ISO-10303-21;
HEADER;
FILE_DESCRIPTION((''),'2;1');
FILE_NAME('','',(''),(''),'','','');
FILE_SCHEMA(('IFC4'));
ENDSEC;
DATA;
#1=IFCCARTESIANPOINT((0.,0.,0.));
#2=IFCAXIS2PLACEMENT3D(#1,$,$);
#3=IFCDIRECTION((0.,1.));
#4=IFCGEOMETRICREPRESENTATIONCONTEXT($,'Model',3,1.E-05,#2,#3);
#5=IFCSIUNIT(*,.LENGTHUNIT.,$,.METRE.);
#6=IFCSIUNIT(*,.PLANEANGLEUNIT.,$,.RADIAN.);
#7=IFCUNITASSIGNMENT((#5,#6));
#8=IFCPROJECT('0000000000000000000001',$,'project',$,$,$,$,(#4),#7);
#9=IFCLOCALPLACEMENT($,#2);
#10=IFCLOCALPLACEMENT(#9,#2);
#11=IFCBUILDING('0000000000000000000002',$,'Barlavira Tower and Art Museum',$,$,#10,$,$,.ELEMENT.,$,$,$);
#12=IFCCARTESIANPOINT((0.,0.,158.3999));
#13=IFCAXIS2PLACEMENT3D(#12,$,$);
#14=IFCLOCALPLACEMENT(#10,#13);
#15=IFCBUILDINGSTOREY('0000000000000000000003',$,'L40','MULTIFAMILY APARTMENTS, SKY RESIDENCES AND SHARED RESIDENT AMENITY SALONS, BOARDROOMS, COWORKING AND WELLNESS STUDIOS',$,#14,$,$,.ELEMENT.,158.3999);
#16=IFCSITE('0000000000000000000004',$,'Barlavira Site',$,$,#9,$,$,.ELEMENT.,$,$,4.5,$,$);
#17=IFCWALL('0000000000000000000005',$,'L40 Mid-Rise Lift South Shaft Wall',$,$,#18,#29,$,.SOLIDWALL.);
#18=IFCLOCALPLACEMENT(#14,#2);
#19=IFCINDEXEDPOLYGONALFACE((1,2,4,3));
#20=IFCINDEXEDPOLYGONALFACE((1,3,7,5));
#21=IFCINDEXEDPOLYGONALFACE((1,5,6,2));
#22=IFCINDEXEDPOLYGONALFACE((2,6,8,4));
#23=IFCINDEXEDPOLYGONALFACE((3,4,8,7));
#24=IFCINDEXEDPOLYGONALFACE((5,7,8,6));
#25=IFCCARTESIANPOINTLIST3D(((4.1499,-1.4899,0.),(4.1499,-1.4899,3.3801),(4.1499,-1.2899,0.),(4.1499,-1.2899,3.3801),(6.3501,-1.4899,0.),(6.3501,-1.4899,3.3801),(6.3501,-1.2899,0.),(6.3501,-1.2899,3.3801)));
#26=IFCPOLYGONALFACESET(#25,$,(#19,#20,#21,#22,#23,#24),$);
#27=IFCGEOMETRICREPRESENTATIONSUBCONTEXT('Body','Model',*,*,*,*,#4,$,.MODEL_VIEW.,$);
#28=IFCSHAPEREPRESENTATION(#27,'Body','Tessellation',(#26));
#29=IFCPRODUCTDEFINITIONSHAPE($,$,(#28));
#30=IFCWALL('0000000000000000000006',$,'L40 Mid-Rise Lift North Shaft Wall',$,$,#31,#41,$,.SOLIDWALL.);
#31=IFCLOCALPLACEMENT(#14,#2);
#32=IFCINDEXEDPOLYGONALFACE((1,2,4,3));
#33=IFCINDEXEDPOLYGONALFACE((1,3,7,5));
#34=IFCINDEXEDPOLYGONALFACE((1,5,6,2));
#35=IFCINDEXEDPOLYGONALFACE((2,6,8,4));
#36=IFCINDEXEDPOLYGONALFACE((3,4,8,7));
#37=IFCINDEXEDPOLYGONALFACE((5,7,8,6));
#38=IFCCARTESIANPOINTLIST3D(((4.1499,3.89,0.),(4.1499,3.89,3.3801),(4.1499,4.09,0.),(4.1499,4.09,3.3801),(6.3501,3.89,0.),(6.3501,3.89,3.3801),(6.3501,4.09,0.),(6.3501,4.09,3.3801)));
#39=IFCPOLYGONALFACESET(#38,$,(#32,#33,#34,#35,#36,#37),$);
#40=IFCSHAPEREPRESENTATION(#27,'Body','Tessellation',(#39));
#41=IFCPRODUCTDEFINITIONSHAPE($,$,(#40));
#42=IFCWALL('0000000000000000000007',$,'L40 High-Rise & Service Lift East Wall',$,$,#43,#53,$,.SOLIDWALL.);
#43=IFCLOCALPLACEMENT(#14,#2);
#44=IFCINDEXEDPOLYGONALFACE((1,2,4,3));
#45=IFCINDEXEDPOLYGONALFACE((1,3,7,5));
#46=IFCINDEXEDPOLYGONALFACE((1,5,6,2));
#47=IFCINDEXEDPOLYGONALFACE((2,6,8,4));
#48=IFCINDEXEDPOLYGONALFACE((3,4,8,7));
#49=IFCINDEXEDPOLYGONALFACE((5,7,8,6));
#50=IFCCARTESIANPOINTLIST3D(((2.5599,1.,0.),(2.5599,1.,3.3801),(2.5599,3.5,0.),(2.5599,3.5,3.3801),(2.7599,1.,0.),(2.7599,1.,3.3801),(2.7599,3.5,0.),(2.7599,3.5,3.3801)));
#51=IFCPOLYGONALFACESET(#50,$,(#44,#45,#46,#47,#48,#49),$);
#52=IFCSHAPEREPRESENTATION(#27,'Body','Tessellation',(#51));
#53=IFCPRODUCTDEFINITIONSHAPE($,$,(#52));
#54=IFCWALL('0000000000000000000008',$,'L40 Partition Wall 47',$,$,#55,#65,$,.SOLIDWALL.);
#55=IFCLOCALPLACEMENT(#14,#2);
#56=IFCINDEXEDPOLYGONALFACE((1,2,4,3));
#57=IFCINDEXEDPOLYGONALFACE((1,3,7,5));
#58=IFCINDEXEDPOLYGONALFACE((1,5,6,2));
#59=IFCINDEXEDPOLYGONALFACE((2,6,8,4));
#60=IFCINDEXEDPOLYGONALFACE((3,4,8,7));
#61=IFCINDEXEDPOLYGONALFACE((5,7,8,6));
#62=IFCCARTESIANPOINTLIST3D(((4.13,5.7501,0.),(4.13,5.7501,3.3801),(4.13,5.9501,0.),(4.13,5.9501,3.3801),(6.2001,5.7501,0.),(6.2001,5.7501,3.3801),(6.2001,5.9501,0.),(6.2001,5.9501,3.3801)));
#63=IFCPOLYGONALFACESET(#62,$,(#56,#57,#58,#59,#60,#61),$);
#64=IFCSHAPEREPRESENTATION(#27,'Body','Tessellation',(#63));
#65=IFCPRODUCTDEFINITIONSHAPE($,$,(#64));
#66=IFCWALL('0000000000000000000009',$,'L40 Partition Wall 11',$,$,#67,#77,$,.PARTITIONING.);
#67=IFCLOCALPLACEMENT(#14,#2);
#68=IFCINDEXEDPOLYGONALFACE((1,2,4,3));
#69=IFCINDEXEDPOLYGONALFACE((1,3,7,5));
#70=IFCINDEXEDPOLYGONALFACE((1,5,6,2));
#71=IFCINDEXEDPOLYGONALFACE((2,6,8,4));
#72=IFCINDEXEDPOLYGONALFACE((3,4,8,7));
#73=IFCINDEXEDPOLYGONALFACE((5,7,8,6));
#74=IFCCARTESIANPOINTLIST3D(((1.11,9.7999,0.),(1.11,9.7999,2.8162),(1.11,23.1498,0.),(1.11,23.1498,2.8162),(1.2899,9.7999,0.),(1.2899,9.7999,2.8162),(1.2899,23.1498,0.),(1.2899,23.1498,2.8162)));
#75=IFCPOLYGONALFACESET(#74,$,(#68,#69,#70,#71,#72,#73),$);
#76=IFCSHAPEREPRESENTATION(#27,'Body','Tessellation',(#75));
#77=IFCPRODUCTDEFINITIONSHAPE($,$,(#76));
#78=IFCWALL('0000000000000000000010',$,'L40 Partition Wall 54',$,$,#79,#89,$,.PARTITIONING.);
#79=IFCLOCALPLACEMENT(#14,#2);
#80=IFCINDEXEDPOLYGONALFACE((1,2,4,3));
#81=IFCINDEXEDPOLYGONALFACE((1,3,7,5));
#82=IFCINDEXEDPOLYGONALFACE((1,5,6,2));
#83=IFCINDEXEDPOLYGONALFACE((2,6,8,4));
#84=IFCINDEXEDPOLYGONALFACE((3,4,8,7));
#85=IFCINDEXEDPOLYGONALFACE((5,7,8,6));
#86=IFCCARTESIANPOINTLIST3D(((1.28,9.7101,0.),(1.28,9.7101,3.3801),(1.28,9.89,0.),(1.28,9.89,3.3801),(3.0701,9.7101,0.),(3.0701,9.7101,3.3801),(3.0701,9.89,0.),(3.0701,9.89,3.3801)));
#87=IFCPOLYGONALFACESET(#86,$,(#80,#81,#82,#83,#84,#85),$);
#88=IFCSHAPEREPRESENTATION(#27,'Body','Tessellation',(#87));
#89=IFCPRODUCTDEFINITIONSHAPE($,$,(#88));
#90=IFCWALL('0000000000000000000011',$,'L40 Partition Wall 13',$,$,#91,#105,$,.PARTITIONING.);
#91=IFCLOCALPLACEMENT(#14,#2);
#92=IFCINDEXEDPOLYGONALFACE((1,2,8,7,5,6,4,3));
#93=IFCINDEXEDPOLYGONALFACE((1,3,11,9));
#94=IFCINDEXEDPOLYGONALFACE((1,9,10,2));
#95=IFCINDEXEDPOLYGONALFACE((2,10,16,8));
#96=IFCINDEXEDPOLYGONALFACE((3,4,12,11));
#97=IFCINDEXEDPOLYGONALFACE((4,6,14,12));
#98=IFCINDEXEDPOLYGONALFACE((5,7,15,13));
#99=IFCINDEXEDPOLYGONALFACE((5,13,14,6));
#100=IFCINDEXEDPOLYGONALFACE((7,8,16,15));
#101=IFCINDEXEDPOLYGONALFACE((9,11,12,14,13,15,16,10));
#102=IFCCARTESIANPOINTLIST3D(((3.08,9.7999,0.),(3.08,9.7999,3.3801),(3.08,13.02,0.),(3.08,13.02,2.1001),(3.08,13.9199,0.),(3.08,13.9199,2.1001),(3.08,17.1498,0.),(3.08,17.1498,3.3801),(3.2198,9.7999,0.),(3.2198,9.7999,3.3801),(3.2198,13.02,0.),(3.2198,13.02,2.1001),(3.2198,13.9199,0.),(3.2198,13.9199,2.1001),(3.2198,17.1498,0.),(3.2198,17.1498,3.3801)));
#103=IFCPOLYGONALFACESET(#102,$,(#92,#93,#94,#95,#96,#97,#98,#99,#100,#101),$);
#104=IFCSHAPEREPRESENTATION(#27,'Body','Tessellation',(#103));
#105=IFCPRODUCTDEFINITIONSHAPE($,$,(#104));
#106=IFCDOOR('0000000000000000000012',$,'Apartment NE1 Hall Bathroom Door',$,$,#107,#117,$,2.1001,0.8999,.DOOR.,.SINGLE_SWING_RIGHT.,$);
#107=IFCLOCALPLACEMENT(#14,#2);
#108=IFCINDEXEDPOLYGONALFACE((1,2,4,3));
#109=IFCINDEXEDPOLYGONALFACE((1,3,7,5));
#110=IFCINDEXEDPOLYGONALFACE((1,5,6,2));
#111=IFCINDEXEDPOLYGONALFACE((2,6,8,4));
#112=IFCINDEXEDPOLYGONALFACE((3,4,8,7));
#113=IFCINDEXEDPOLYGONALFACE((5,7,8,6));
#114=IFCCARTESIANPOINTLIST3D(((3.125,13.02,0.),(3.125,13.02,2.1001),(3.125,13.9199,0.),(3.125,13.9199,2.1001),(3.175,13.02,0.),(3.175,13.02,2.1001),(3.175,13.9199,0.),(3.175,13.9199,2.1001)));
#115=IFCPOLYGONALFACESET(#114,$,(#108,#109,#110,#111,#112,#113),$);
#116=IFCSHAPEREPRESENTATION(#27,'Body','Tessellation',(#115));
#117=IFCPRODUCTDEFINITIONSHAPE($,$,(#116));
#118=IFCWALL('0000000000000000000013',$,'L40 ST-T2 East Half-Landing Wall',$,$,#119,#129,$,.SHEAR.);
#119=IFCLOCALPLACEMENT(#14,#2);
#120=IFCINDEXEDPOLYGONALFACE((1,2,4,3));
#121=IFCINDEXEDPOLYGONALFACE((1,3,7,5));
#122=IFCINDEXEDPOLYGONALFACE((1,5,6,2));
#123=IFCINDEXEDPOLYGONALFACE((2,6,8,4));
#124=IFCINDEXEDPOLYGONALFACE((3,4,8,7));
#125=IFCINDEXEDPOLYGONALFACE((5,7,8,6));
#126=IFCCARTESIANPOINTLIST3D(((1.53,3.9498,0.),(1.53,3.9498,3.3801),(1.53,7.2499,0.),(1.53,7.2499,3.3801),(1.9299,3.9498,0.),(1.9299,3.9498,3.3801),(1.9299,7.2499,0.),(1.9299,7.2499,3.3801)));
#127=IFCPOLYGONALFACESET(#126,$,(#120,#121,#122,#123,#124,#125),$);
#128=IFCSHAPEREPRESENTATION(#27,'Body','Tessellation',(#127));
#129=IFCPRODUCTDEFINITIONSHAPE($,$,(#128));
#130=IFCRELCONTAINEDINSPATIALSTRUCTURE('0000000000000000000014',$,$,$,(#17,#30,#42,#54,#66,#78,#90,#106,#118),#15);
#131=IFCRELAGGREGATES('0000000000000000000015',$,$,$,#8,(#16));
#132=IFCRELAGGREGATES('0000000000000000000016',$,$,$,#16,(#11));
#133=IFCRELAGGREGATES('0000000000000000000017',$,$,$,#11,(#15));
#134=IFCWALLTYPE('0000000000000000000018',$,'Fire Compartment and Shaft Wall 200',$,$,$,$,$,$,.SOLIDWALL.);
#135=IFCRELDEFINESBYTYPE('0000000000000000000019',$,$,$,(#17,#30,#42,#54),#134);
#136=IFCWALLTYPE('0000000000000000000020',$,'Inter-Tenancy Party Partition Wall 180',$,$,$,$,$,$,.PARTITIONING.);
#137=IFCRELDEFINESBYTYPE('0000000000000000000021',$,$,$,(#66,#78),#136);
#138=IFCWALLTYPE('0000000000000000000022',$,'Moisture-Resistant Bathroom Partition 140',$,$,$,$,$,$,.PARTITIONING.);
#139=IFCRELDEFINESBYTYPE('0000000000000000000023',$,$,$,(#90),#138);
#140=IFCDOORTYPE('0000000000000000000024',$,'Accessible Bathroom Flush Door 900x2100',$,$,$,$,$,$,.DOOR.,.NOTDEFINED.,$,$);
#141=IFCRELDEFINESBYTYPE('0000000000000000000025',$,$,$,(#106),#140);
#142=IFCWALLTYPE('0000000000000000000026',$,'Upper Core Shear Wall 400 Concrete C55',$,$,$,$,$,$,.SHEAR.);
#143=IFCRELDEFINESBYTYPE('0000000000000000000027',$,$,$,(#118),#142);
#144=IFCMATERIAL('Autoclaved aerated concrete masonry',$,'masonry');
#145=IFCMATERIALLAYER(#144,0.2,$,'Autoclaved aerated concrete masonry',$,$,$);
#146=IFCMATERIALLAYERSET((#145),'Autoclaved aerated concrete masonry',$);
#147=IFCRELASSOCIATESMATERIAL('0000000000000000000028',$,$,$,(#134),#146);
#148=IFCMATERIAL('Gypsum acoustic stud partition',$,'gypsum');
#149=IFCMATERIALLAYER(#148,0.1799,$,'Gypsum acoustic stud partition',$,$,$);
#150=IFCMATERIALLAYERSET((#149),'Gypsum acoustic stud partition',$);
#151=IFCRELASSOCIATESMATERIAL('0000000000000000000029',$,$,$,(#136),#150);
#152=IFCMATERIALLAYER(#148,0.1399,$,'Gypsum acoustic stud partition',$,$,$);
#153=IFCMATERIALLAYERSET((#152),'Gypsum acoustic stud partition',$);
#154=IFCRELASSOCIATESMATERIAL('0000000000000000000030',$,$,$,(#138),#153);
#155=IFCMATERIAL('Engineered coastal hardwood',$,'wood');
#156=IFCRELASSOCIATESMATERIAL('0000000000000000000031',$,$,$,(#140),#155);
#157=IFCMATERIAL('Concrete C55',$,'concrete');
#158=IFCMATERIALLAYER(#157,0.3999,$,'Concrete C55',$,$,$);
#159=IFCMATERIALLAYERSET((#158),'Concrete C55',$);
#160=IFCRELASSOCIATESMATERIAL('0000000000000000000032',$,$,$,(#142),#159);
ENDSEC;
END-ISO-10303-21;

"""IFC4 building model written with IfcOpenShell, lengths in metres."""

from ifc_helpers import new_model, si_unit, direction, frame, frame_2d, origin, place, context, subcontext, project, spatial, rectangle, extrude, material, layer, layer_set, type_object, element, fill, save


model = new_model("IFC4")

# Units and contexts
model_context = context("Model", 3, precision=1e-05, world=origin(), true_north=direction((0.0, 1.0)))
body_context = subcontext(model_context, "Body", "Model", "MODEL_VIEW")
ifc_project = project(units=[si_unit("LENGTHUNIT", "METRE"), si_unit("PLANEANGLEUNIT", "RADIAN")], contexts=[model_context])

# Site, building, storey
site_placement = place(None, origin())
site = spatial("IfcSite", under=ifc_project, at=site_placement, Name="Barlavira Site", CompositionType="ELEMENT", RefElevation=4.5)
building_placement = place(site_placement, origin())
building = spatial("IfcBuilding", under=site, at=building_placement, Name="Barlavira Tower and Art Museum", CompositionType="ELEMENT")
storey_placement = place(building_placement, frame((0.0, 0.0, 158.3999)))
storey = spatial("IfcBuildingStorey", under=building, at=storey_placement, Name="L40", Description="MULTIFAMILY APARTMENTS, SKY RESIDENCES AND SHARED RESIDENT AMENITY SALONS, BOARDROOMS, COWORKING AND WELLNESS STUDIOS", CompositionType="ELEMENT", Elevation=158.3999)

# Walls
ifc_material_1 = material(Name="Autoclaved aerated concrete masonry", Category="masonry")
ifc_layer_1 = layer(ifc_material_1, 0.2, Name="Autoclaved aerated concrete masonry")
ifc_layer_set_1 = layer_set([ifc_layer_1], Name="Autoclaved aerated concrete masonry")
wall_type_1 = type_object("IfcWallType", Name="Fire Compartment and Shaft Wall 200", PredefinedType="SOLIDWALL", material=ifc_layer_set_1)
for number, where, z_axis, x_axis, name in (
    (1, (4.1499, -1.3899, 0.0), (0.0, 0.0, 1.0), (1.0, 0.0, 0.0), "L40 Mid-Rise Lift South Shaft Wall"),
    (2, (4.1499, 3.99, 0.0), (0.0, 0.0, 1.0), (1.0, 0.0, 0.0), "L40 Mid-Rise Lift North Shaft Wall"),
):
    element("IfcWall", number, at=place(storey_placement, frame(where, z_axis=z_axis, x_axis=x_axis)), inside=storey, type_object=wall_type_1, Name=name, PredefinedType="SOLIDWALL", context=body_context, shape_type="SweptSolid", body=[
        extrude(rectangle(XDim=2.2002, YDim=0.2, at=frame_2d((1.1001, 0.0))), origin(), (0.0, 0.0, 1.0), 3.3801),
    ])
wall_1_placement = place(storey_placement, frame((2.6599, 1.0, 0.0), z_axis=(0.0, 0.0, 1.0), x_axis=(0.0, 1.0, 0.0)))
element("IfcWall", 3, at=wall_1_placement, inside=storey, type_object=wall_type_1, Name="L40 High-Rise & Service Lift East Wall", PredefinedType="SOLIDWALL", context=body_context, shape_type="SweptSolid", body=[
    extrude(rectangle(XDim=2.5, YDim=0.2, at=frame_2d((1.25, 0.0))), origin(), (0.0, 0.0, 1.0), 3.3801),
])

# Walls
wall_2_placement = place(storey_placement, frame((4.1299, 5.8501, 0.0), z_axis=(0.0, 0.0, 1.0), x_axis=(1.0, 0.0, 0.0)))
element("IfcWall", 4, at=wall_2_placement, inside=storey, type_object=wall_type_1, Name="L40 Partition Wall 47", PredefinedType="SOLIDWALL", context=body_context, shape_type="SweptSolid", body=[
    extrude(rectangle(XDim=2.0701, YDim=0.2, at=frame_2d((1.0352, 0.0))), origin(), (0.0, 0.0, 1.0), 3.3801),
])
ifc_material_2 = material(Name="Gypsum acoustic stud partition", Category="gypsum")
ifc_layer_2 = layer(ifc_material_2, 0.1799, Name="Gypsum acoustic stud partition")
ifc_layer_set_2 = layer_set([ifc_layer_2], Name="Gypsum acoustic stud partition")
wall_type_2 = type_object("IfcWallType", Name="Inter-Tenancy Party Partition Wall 180", PredefinedType="PARTITIONING", material=ifc_layer_set_2)
wall_3_placement = place(storey_placement, frame((1.2, 9.8, 0.0), z_axis=(0.0, 0.0, 1.0), x_axis=(0.0, 1.0, 0.0)))
element("IfcWall", 5, at=wall_3_placement, inside=storey, type_object=wall_type_2, Name="L40 Partition Wall 11", PredefinedType="PARTITIONING", context=body_context, shape_type="SweptSolid", body=[
    extrude(rectangle(XDim=13.3499, YDim=0.1799, at=frame_2d((6.6748, 0.0))), origin(), (0.0, 0.0, 1.0), 2.8162),
])
wall_4_placement = place(storey_placement, frame((1.28, 9.8, 0.0), z_axis=(0.0, 0.0, 1.0), x_axis=(1.0, 0.0, 0.0)))
element("IfcWall", 6, at=wall_4_placement, inside=storey, type_object=wall_type_2, Name="L40 Partition Wall 54", PredefinedType="PARTITIONING", context=body_context, shape_type="SweptSolid", body=[
    extrude(rectangle(XDim=1.79, YDim=0.1799, at=frame_2d((0.895, 0.0))), origin(), (0.0, 0.0, 1.0), 3.3801),
])

# Wall, opening, door
ifc_layer_3 = layer(ifc_material_2, 0.1399, Name="Gypsum acoustic stud partition")
ifc_layer_set_3 = layer_set([ifc_layer_3], Name="Gypsum acoustic stud partition")
wall_type_3 = type_object("IfcWallType", Name="Moisture-Resistant Bathroom Partition 140", PredefinedType="PARTITIONING", material=ifc_layer_set_3)
wall_5_placement = place(storey_placement, frame((3.1499, 9.8, 0.0), z_axis=(0.0, 0.0, 1.0), x_axis=(0.0, 1.0, 0.0)))
wall_5 = element("IfcWall", 7, at=wall_5_placement, inside=storey, type_object=wall_type_3, Name="L40 Partition Wall 13", PredefinedType="PARTITIONING", context=body_context, shape_type="SweptSolid", body=[
    extrude(rectangle(XDim=7.3499, YDim=0.1399, at=frame_2d((3.6748, 0.0))), origin(), (0.0, 0.0, 1.0), 3.3801),
])
opening_1_placement = place(wall_5_placement, frame((3.22, 0.0, 0.0)))
opening_1 = element("IfcOpeningElement", 8, at=opening_1_placement, cuts=wall_5, PredefinedType="OPENING", context=body_context, shape_type="SweptSolid", body=[
    extrude(rectangle(XDim=0.8999, YDim=2.1001, at=frame_2d((0.45, 1.05))), frame((0.0, 0.0801, 0.0), z_axis=(0.0, -1.0, 0.0), x_axis=(1.0, 0.0, 0.0)), (0.0, 0.0, 1.0), 0.1599),
])
ifc_material_3 = material(Name="Engineered coastal hardwood", Category="wood")
door_type_1 = type_object("IfcDoorType", Name="Accessible Bathroom Flush Door 900x2100", OperationType="NOTDEFINED", PredefinedType="DOOR", material=ifc_material_3)
door_1_placement = place(opening_1_placement, origin())
door_1 = element("IfcDoor", 9, at=door_1_placement, inside=storey, type_object=door_type_1, Name="Apartment NE1 Hall Bathroom Door", OperationType="SINGLE_SWING_RIGHT", OverallHeight=2.1001, OverallWidth=0.8999, PredefinedType="DOOR", context=body_context, shape_type="SweptSolid", body=[
    extrude(rectangle(XDim=0.8999, YDim=2.1001, at=frame_2d((0.45, 1.05))), frame((0.0, 0.0249, 0.0), z_axis=(0.0, -1.0, 0.0), x_axis=(1.0, 0.0, 0.0)), (0.0, 0.0, 1.0), 0.05),
])
fill(opening_1, door_1)

# Wall
ifc_material_4 = material(Name="Concrete C55", Category="concrete")
ifc_layer_4 = layer(ifc_material_4, 0.3999, Name="Concrete C55")
ifc_layer_set_4 = layer_set([ifc_layer_4], Name="Concrete C55")
wall_type_4 = type_object("IfcWallType", Name="Upper Core Shear Wall 400 Concrete C55", PredefinedType="SHEAR", material=ifc_layer_set_4)
wall_6_placement = place(storey_placement, frame((1.73, 3.95, 0.0), z_axis=(0.0, 0.0, 1.0), x_axis=(0.0, 1.0, 0.0)))
element("IfcWall", 10, at=wall_6_placement, inside=storey, type_object=wall_type_4, Name="L40 ST-T2 East Half-Landing Wall", PredefinedType="SHEAR", context=body_context, shape_type="SweptSolid", body=[
    extrude(rectangle(XDim=3.3, YDim=0.3999, at=frame_2d((1.6499, 0.0))), origin(), (0.0, 0.0, 1.0), 3.3801),
])

save(model, "model.ifc")
